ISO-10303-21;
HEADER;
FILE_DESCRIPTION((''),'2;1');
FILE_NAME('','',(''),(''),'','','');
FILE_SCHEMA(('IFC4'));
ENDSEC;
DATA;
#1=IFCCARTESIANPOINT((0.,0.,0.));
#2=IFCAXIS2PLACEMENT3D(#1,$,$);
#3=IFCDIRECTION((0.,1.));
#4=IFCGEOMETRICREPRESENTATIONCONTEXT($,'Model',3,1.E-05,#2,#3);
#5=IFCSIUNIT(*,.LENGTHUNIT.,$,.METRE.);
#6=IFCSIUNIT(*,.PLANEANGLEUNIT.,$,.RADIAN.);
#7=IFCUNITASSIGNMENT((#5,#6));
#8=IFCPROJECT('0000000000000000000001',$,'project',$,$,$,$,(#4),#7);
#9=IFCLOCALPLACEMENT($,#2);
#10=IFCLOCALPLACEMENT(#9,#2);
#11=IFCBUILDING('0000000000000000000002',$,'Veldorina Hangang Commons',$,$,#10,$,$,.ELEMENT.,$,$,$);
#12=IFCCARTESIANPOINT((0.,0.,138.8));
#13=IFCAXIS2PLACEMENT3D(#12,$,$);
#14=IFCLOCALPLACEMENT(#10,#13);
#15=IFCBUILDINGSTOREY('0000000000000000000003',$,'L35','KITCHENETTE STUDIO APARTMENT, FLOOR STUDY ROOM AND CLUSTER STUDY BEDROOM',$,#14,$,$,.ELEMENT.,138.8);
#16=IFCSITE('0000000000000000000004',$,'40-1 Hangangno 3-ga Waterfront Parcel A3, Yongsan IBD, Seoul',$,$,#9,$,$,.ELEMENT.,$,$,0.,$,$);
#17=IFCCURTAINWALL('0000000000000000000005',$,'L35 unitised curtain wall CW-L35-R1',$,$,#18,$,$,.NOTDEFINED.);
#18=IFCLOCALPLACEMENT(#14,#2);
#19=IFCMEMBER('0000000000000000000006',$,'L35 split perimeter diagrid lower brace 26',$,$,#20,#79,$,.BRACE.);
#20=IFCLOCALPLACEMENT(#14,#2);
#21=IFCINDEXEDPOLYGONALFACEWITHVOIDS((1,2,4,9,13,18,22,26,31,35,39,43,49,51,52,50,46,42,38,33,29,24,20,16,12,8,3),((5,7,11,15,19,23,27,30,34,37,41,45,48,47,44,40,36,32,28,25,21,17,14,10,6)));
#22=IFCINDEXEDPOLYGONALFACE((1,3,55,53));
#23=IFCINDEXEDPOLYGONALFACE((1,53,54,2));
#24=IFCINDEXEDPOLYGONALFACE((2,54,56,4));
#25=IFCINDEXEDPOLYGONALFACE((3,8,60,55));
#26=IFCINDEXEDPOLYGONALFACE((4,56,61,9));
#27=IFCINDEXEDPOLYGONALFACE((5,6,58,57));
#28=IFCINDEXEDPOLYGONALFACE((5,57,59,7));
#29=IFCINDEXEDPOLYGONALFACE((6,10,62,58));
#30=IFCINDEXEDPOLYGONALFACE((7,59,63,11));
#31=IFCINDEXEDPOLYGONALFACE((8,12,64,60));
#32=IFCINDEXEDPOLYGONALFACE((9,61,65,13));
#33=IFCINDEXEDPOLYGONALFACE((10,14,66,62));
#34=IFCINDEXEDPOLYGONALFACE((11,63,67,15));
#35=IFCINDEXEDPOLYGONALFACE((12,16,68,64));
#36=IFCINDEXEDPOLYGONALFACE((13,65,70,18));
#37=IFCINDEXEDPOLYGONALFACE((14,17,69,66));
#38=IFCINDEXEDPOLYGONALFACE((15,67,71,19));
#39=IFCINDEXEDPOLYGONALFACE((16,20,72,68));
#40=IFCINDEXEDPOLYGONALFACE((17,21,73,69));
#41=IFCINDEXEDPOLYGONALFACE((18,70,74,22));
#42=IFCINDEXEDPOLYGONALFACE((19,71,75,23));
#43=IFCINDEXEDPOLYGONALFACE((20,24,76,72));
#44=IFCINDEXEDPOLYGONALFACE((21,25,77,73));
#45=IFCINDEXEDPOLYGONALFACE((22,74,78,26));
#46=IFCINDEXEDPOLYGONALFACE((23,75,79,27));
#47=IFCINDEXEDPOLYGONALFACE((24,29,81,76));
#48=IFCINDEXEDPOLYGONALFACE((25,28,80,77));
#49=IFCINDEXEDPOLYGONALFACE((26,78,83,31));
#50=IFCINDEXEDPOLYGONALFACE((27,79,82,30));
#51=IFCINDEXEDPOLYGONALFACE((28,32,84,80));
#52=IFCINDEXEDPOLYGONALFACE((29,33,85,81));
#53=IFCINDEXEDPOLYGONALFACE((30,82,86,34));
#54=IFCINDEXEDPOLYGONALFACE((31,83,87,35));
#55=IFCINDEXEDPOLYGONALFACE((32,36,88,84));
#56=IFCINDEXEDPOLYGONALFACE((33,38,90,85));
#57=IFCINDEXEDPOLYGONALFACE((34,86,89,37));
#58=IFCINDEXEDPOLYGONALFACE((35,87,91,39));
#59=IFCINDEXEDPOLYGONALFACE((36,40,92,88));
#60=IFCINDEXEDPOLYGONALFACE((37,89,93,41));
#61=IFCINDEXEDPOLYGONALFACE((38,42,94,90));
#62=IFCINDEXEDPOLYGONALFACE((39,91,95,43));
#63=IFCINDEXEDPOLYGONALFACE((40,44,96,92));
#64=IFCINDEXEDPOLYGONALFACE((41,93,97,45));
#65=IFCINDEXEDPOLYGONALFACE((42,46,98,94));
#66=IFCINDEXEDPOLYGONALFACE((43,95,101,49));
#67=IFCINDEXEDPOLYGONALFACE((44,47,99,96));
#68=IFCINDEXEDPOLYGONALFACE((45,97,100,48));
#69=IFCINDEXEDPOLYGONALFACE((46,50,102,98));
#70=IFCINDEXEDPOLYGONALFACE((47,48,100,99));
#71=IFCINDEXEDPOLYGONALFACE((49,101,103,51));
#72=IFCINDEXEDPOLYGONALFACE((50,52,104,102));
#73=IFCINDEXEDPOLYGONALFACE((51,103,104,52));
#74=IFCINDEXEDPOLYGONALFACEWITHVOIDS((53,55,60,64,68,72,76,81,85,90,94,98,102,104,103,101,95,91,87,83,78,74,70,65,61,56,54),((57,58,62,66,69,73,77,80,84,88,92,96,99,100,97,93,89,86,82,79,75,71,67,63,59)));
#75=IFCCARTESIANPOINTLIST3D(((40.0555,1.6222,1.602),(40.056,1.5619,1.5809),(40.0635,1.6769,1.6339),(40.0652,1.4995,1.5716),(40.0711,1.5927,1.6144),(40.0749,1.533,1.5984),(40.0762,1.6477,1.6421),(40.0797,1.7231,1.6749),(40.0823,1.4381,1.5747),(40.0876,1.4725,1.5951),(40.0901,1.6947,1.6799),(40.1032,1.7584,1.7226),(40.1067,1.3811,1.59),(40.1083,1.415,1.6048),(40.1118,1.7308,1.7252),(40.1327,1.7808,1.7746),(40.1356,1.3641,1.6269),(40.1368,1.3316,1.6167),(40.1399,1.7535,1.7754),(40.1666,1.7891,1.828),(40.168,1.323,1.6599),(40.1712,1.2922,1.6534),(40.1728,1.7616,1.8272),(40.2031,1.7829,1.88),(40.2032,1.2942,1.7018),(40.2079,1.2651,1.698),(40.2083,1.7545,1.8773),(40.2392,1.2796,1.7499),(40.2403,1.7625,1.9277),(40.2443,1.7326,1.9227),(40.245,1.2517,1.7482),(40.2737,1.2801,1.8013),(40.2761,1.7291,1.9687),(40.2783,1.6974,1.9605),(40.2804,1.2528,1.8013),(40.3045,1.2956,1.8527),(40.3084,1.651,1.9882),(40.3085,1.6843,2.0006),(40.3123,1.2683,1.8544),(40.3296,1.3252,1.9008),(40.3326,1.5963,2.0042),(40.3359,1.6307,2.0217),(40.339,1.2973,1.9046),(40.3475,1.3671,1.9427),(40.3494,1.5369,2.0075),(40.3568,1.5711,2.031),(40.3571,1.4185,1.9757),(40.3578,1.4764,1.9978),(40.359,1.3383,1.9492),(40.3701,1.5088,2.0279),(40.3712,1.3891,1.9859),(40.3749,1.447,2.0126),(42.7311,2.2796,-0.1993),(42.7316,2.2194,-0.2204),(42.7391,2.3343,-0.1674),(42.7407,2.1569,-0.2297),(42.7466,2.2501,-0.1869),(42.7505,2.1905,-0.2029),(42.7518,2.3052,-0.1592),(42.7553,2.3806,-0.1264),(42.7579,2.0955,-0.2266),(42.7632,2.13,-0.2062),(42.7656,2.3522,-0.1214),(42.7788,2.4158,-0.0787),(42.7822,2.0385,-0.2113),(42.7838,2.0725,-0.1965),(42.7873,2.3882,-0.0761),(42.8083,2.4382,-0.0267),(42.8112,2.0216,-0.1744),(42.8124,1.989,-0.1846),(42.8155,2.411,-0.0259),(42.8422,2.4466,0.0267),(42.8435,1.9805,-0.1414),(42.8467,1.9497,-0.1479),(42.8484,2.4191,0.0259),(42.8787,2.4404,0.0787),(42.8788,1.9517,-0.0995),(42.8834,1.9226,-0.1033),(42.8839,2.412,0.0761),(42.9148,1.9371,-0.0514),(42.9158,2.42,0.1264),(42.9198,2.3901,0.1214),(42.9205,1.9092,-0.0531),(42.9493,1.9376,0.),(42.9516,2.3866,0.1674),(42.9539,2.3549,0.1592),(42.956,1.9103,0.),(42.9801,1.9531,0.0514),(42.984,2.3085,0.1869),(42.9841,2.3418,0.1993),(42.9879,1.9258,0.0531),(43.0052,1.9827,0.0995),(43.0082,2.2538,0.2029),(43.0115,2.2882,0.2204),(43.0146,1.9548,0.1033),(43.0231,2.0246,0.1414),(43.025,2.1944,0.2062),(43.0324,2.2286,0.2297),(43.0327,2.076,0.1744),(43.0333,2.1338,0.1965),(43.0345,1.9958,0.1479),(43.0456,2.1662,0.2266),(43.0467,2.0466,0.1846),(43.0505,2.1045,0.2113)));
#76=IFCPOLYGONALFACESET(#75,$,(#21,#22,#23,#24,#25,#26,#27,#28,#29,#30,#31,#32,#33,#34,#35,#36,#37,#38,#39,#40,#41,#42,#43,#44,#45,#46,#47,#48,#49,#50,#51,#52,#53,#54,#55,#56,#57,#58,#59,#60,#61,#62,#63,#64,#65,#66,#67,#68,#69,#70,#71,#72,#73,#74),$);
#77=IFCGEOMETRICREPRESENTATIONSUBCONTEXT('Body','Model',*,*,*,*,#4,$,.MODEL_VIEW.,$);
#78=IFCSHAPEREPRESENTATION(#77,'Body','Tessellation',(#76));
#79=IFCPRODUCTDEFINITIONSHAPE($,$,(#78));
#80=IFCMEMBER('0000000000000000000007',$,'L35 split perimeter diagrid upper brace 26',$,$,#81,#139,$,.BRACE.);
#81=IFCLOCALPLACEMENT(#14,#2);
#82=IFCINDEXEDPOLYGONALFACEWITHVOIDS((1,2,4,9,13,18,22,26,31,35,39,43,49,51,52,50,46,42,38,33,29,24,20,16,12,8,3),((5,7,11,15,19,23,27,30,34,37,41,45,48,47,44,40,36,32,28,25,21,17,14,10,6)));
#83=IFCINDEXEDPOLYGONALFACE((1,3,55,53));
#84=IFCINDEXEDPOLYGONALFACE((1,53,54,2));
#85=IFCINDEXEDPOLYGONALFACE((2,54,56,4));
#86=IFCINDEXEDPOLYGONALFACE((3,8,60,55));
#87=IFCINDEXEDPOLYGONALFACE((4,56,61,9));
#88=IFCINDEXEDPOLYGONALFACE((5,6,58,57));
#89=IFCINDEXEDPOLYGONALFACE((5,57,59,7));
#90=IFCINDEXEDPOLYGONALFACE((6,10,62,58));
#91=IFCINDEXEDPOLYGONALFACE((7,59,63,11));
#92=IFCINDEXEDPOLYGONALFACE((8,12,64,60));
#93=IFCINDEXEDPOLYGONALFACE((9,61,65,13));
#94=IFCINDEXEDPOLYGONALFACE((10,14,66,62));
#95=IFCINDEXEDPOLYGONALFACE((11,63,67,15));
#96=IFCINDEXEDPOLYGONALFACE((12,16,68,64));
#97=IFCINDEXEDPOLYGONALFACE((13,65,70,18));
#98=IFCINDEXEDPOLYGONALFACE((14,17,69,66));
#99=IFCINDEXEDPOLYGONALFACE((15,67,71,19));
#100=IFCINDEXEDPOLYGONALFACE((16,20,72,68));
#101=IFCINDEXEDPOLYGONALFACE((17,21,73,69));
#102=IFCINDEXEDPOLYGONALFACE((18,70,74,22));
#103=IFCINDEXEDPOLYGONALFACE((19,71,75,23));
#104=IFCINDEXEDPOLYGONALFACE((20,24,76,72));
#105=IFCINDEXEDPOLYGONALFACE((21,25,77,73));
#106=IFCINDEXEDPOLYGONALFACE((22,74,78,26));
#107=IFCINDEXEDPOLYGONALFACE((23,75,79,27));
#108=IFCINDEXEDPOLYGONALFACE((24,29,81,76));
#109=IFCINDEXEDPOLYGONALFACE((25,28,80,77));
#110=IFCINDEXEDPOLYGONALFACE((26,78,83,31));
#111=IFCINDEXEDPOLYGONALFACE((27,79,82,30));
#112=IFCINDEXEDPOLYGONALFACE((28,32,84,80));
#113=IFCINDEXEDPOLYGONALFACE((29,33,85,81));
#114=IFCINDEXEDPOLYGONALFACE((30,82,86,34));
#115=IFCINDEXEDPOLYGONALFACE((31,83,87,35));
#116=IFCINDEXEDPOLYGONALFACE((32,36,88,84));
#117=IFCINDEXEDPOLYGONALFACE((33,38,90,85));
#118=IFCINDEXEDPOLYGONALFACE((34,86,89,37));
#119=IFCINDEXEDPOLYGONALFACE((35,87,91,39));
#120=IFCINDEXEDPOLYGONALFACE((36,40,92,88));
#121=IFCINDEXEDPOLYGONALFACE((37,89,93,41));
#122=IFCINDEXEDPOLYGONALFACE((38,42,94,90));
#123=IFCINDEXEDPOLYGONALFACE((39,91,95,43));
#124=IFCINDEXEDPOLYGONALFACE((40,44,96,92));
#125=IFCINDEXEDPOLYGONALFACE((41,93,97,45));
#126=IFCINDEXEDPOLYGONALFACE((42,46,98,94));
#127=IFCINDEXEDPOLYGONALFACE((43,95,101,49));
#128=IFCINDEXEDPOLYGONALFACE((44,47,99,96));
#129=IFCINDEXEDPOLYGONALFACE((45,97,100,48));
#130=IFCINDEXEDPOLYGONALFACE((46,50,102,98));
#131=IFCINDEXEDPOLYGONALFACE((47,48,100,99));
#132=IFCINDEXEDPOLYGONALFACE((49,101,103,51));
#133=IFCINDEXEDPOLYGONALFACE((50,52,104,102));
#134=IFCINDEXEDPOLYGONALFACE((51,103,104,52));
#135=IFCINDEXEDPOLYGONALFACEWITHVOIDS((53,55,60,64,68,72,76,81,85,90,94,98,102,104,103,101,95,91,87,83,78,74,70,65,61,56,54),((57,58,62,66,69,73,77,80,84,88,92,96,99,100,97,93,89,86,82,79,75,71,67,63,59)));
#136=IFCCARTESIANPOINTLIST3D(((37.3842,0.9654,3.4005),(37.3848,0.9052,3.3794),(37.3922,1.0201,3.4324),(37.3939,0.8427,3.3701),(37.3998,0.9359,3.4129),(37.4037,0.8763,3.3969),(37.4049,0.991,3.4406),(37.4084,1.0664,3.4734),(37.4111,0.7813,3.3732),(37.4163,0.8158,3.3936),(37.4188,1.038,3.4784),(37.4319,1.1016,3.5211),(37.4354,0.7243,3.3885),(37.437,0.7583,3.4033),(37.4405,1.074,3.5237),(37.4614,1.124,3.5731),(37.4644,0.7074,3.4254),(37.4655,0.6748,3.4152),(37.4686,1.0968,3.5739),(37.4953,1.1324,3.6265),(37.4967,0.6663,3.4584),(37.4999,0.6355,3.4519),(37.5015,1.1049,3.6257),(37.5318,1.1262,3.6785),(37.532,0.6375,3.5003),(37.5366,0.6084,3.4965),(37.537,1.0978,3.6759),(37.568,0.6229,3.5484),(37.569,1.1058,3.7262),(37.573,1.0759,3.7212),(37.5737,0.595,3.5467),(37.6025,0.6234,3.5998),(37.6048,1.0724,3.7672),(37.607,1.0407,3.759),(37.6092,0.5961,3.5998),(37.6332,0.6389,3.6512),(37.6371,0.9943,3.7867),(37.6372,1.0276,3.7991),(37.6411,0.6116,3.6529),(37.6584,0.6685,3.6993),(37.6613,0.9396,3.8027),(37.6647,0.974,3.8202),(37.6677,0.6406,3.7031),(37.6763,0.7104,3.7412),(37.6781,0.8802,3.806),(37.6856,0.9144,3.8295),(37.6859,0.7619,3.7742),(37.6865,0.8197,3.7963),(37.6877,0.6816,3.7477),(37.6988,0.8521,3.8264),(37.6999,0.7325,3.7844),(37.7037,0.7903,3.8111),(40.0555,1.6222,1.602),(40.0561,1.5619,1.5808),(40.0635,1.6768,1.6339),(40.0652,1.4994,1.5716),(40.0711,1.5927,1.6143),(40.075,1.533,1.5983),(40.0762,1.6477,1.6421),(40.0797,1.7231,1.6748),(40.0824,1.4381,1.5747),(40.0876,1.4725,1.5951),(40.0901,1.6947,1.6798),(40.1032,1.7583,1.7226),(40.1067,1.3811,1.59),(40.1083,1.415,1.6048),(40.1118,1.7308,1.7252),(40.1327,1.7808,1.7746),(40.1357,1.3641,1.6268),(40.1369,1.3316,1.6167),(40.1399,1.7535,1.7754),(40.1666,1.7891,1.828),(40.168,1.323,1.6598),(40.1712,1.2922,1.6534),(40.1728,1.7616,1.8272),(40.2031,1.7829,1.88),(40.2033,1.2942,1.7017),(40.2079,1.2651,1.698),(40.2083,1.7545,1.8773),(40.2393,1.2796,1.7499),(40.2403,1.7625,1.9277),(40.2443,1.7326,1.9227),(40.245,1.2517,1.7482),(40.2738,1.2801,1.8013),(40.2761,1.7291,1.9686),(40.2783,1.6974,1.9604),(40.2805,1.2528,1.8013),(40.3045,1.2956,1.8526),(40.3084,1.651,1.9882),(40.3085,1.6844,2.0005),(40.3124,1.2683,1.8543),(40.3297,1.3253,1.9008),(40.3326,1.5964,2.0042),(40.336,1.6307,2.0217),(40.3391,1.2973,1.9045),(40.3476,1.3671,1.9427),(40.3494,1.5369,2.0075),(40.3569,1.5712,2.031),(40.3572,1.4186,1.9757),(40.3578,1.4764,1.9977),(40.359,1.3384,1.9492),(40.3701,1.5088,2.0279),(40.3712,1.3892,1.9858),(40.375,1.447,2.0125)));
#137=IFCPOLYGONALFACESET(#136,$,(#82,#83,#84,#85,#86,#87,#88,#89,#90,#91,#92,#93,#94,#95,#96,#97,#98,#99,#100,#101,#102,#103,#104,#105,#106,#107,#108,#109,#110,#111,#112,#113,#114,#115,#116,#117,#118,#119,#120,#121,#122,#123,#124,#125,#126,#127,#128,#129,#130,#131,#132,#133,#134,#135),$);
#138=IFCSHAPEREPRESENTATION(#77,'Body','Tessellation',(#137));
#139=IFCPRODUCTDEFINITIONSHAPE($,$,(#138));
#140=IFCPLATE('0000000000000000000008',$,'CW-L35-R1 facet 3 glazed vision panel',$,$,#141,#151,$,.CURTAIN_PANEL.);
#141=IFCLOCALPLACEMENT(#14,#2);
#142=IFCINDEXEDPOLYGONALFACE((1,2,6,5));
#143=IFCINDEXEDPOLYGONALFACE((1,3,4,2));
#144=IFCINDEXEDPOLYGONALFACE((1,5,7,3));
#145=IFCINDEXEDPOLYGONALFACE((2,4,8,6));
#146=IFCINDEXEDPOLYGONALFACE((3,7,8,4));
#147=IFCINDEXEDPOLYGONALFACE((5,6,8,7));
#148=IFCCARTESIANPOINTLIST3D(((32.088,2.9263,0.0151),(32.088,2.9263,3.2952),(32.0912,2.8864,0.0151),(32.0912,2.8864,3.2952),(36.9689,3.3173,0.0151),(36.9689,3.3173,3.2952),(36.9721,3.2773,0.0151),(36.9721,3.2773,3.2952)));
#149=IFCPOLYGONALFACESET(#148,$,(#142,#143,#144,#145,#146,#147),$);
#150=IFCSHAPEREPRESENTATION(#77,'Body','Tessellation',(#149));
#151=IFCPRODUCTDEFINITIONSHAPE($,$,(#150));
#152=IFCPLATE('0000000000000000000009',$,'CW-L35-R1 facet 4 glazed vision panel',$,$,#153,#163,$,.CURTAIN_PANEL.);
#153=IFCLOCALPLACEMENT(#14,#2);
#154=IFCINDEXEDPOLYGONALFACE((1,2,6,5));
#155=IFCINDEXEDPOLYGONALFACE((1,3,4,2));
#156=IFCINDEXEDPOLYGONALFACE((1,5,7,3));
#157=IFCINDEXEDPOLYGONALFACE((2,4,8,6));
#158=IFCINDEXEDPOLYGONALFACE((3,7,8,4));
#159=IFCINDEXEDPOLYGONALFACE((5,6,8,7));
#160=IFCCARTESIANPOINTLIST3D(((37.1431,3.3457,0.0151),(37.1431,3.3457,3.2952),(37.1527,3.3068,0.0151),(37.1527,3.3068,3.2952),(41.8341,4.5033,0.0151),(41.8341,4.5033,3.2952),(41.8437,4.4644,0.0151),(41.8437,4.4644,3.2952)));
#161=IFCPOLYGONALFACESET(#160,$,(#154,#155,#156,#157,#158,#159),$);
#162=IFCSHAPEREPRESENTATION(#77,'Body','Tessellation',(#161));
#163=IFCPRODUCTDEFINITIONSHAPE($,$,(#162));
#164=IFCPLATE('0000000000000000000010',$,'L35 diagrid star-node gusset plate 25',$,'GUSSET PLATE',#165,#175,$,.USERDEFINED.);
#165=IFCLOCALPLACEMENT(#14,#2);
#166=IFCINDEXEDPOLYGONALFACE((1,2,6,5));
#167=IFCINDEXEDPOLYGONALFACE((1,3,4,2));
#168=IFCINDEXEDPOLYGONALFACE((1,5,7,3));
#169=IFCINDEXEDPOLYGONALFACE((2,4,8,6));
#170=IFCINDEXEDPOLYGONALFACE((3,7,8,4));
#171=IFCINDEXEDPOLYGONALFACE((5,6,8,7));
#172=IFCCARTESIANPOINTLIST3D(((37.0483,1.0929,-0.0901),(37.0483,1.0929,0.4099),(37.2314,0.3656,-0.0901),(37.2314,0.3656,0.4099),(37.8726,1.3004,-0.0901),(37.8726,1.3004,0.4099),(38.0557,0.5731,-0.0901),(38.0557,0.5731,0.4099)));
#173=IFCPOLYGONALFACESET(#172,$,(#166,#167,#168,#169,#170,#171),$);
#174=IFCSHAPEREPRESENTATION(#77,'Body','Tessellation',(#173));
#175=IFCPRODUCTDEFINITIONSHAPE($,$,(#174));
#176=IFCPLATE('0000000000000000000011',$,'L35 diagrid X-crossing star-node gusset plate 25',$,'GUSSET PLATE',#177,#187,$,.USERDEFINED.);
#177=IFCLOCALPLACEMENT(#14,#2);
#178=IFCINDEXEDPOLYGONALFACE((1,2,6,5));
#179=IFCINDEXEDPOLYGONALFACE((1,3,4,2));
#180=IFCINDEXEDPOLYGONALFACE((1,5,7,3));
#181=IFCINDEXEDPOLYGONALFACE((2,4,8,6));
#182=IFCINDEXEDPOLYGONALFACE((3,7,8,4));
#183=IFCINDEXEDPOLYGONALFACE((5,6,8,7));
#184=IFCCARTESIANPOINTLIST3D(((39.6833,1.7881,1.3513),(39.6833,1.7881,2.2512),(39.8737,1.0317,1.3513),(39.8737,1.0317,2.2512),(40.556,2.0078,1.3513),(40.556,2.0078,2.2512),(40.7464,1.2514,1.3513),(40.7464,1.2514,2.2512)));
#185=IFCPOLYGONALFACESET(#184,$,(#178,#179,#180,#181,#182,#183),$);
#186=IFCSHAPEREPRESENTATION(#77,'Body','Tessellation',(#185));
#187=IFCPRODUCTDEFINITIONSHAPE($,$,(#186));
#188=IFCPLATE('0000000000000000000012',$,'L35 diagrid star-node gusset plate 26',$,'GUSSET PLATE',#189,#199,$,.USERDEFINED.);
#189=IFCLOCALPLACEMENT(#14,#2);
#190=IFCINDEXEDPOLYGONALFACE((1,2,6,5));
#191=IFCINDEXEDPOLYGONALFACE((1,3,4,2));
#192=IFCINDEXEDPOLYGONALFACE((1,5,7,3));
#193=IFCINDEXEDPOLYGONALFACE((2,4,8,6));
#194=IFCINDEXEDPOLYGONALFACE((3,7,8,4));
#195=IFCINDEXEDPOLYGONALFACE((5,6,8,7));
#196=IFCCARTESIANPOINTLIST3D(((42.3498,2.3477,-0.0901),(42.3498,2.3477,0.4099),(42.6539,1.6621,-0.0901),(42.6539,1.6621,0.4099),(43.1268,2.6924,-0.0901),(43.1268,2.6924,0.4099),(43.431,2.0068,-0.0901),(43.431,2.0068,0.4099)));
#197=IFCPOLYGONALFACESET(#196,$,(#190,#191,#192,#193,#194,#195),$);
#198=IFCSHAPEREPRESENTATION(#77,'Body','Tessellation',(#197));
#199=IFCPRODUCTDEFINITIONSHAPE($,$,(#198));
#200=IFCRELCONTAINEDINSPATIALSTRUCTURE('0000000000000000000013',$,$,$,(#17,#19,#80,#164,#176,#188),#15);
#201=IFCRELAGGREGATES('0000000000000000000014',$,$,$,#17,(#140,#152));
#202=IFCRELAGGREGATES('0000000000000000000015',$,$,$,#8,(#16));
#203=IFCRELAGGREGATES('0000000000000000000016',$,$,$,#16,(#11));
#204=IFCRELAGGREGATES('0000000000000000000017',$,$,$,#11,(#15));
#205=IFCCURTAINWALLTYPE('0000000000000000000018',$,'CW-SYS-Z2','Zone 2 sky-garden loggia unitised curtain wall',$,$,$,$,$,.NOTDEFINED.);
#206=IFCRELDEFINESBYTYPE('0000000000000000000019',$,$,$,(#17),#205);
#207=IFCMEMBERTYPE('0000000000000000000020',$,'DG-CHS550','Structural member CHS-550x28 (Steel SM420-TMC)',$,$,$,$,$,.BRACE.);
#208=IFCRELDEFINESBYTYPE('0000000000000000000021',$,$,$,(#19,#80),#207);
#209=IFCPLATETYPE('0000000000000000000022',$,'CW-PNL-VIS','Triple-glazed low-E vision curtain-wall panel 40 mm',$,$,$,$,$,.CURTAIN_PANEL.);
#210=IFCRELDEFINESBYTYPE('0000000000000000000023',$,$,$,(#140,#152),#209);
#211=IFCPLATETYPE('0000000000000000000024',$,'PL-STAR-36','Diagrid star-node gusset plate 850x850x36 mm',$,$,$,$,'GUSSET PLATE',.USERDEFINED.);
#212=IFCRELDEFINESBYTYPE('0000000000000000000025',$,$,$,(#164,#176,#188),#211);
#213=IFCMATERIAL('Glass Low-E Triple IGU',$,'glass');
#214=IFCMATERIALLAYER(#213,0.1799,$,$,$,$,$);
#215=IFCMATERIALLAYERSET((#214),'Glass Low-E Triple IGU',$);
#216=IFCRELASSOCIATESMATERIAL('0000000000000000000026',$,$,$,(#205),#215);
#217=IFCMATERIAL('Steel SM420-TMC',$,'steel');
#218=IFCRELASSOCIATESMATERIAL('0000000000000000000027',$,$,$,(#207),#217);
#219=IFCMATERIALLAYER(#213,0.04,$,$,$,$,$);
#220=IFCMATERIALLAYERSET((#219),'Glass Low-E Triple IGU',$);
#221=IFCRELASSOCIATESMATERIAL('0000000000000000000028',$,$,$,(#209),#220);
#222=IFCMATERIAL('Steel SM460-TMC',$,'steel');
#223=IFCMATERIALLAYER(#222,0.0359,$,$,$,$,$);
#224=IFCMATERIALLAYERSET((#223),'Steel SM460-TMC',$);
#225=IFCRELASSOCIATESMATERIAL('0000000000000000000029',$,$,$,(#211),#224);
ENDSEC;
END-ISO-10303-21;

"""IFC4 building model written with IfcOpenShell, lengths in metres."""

from ifc_helpers import new_model, si_unit, direction, frame, origin, origin_2d, place, context, subcontext, project, spatial, rectangle, hollow_circle, extrude, material, layer, layer_set, material_profile, profile_set, type_object, element, aggregate, save


model = new_model("IFC4")

# Units and contexts
model_context = context("Model", 3, precision=1e-05, world=origin(), true_north=direction((0.0, 1.0)))
body_context = subcontext(model_context, "Body", "Model", "MODEL_VIEW")
ifc_project = project(units=[si_unit("LENGTHUNIT", "METRE"), si_unit("PLANEANGLEUNIT", "RADIAN")], contexts=[model_context])

# Site, building, storey
site_placement = place(None, origin())
site = spatial("IfcSite", under=ifc_project, at=site_placement, Name="40-1 Hangangno 3-ga Waterfront Parcel A3, Yongsan IBD, Seoul", CompositionType="ELEMENT", RefElevation=0.0)
building_placement = place(site_placement, origin())
building = spatial("IfcBuilding", under=site, at=building_placement, Name="Veldorina Hangang Commons", CompositionType="ELEMENT")
storey_placement = place(building_placement, frame((0.0, 0.0, 138.8)))
storey = spatial("IfcBuildingStorey", under=building, at=storey_placement, Name="L35", Description="KITCHENETTE STUDIO APARTMENT, FLOOR STUDY ROOM AND CLUSTER STUDY BEDROOM", CompositionType="ELEMENT", Elevation=138.8)

# Shared definitions
ifc_material_1 = material(Name="Steel SM420-TMC", Category="steel")

# Curtain wall
ifc_material_2 = material(Name="Glass Low-E Triple IGU", Category="glass")
ifc_layer_1 = layer(ifc_material_2, 0.1799)
ifc_layer_set_1 = layer_set([ifc_layer_1], Name="Glass Low-E Triple IGU")
curtain_wall_type = type_object("IfcCurtainWallType", Name="CW-SYS-Z2", Description="Zone 2 sky-garden loggia unitised curtain wall", PredefinedType="NOTDEFINED", material=ifc_layer_set_1)
curtain_wall_placement = place(storey_placement, origin())
curtain_wall = element("IfcCurtainWall", 1, at=curtain_wall_placement, inside=storey, type_object=curtain_wall_type, Name="L35 unitised curtain wall CW-L35-R1", PredefinedType="NOTDEFINED")

# Members
ifc_material_profile_1 = material_profile(ifc_material_1, hollow_circle(Radius=0.2749, WallThickness=0.0281, at=origin_2d()), Name="CHS-550x28")
ifc_profile_set_1 = profile_set([ifc_material_profile_1], Name="Steel SM420-TMC")
member_type_1 = type_object("IfcMemberType", Name="DG-CHS550", Description="Structural member CHS-550x28 (Steel SM420-TMC)", PredefinedType="BRACE", material=ifc_profile_set_1)
member_1_placement = place(storey_placement, frame((42.8904, 2.1772, 0.0), z_axis=(-0.812811, -0.199735, 0.547214), x_axis=(0.238635, -0.971109, 0.0)))
element("IfcMember", 2, at=member_1_placement, inside=storey, type_object=member_type_1, Name="L35 split perimeter diagrid lower brace 26", PredefinedType="BRACE", context=body_context, shape_type="SweptSolid", body=[
    extrude(hollow_circle(Radius=0.2749, WallThickness=0.0281, at=origin_2d()), origin(), (0.0, 0.0, 1.0), 3.2917),
])
member_2_placement = place(storey_placement, frame((40.2148, 1.5198, 1.8013), z_axis=(-0.812782, -0.199816, 0.547228), x_axis=(0.238733, -0.971085, 0.0)))
element("IfcMember", 3, at=member_2_placement, inside=storey, type_object=member_type_1, Name="L35 split perimeter diagrid upper brace 26", PredefinedType="BRACE", context=body_context, shape_type="SweptSolid", body=[
    extrude(hollow_circle(Radius=0.2749, WallThickness=0.0281, at=origin_2d()), origin(), (0.0, 0.0, 1.0), 3.2866),
])

# Plates
ifc_layer_2 = layer(ifc_material_2, 0.04)
ifc_layer_set_2 = layer_set([ifc_layer_2], Name="Glass Low-E Triple IGU")
plate_type_1 = type_object("IfcPlateType", Name="CW-PNL-VIS", Description="Triple-glazed low-E vision curtain-wall panel 40 mm", PredefinedType="CURTAIN_PANEL", material=ifc_layer_set_2)
plate_1_placement = place(storey_placement, frame((34.53, 3.1018, 0.0151), z_axis=(0.0, 0.0, 1.0), x_axis=(0.996807, 0.079851, 0.0)))
plate_1 = element("IfcPlate", 4, at=plate_1_placement, type_object=plate_type_1, Name="CW-L35-R1 facet 3 glazed vision panel", PredefinedType="CURTAIN_PANEL", context=body_context, shape_type="SweptSolid", body=[
    extrude(rectangle(XDim=4.8965, YDim=0.04, at=origin_2d()), origin(), (0.0, 0.0, 1.0), 3.28),
])
plate_2_placement = place(storey_placement, frame((39.4934, 3.905, 0.0151), z_axis=(0.0, 0.0, 1.0), x_axis=(0.970876, 0.239584, 0.0)))
plate_2 = element("IfcPlate", 5, at=plate_2_placement, type_object=plate_type_1, Name="CW-L35-R1 facet 4 glazed vision panel", PredefinedType="CURTAIN_PANEL", context=body_context, shape_type="SweptSolid", body=[
    extrude(rectangle(XDim=4.8318, YDim=0.04, at=origin_2d()), origin(), (0.0, 0.0, 1.0), 3.28),
])
aggregate(curtain_wall, [plate_1, plate_2])

# Plates
ifc_material_3 = material(Name="Steel SM460-TMC", Category="steel")
ifc_layer_3 = layer(ifc_material_3, 0.0359)
ifc_layer_set_3 = layer_set([ifc_layer_3], Name="Steel SM460-TMC")
plate_type_2 = type_object("IfcPlateType", Name="PL-STAR-36", Description="Diagrid star-node gusset plate 850x850x36 mm", ElementType="GUSSET PLATE", PredefinedType="USERDEFINED", material=ifc_layer_set_3)
plate_3_placement = place(storey_placement, frame((37.552, 0.833, -0.0901), z_axis=(0.0, 0.0, 1.0), x_axis=(0.969736, 0.244157, 0.0)))
element("IfcPlate", 6, at=plate_3_placement, inside=storey, type_object=plate_type_2, Name="L35 diagrid star-node gusset plate 25", ObjectType="GUSSET PLATE", PredefinedType="USERDEFINED", context=body_context, shape_type="SweptSolid", body=[
    extrude(rectangle(XDim=0.8501, YDim=0.75, at=origin_2d()), origin(), (0.0, 0.0, 1.0), 0.5),
])
plate_4_placement = place(storey_placement, frame((40.2148, 1.5198, 1.3513), z_axis=(0.0, 0.0, 1.0), x_axis=(0.969736, 0.244157, 0.0)))
element("IfcPlate", 7, at=plate_4_placement, inside=storey, type_object=plate_type_2, Name="L35 diagrid X-crossing star-node gusset plate 25", ObjectType="GUSSET PLATE", PredefinedType="USERDEFINED", context=body_context, shape_type="SweptSolid", body=[
    extrude(rectangle(XDim=0.8999, YDim=0.78, at=origin_2d()), origin(), (0.0, 0.0, 1.0), 0.8999),
])
plate_5_placement = place(storey_placement, frame((42.8904, 2.1772, -0.0901), z_axis=(0.0, 0.0, 1.0), x_axis=(0.914084, 0.405525, 0.0)))
element("IfcPlate", 8, at=plate_5_placement, inside=storey, type_object=plate_type_2, Name="L35 diagrid star-node gusset plate 26", ObjectType="GUSSET PLATE", PredefinedType="USERDEFINED", context=body_context, shape_type="SweptSolid", body=[
    extrude(rectangle(XDim=0.8501, YDim=0.75, at=origin_2d()), origin(), (0.0, 0.0, 1.0), 0.5),
])

save(model, "model.ifc")
